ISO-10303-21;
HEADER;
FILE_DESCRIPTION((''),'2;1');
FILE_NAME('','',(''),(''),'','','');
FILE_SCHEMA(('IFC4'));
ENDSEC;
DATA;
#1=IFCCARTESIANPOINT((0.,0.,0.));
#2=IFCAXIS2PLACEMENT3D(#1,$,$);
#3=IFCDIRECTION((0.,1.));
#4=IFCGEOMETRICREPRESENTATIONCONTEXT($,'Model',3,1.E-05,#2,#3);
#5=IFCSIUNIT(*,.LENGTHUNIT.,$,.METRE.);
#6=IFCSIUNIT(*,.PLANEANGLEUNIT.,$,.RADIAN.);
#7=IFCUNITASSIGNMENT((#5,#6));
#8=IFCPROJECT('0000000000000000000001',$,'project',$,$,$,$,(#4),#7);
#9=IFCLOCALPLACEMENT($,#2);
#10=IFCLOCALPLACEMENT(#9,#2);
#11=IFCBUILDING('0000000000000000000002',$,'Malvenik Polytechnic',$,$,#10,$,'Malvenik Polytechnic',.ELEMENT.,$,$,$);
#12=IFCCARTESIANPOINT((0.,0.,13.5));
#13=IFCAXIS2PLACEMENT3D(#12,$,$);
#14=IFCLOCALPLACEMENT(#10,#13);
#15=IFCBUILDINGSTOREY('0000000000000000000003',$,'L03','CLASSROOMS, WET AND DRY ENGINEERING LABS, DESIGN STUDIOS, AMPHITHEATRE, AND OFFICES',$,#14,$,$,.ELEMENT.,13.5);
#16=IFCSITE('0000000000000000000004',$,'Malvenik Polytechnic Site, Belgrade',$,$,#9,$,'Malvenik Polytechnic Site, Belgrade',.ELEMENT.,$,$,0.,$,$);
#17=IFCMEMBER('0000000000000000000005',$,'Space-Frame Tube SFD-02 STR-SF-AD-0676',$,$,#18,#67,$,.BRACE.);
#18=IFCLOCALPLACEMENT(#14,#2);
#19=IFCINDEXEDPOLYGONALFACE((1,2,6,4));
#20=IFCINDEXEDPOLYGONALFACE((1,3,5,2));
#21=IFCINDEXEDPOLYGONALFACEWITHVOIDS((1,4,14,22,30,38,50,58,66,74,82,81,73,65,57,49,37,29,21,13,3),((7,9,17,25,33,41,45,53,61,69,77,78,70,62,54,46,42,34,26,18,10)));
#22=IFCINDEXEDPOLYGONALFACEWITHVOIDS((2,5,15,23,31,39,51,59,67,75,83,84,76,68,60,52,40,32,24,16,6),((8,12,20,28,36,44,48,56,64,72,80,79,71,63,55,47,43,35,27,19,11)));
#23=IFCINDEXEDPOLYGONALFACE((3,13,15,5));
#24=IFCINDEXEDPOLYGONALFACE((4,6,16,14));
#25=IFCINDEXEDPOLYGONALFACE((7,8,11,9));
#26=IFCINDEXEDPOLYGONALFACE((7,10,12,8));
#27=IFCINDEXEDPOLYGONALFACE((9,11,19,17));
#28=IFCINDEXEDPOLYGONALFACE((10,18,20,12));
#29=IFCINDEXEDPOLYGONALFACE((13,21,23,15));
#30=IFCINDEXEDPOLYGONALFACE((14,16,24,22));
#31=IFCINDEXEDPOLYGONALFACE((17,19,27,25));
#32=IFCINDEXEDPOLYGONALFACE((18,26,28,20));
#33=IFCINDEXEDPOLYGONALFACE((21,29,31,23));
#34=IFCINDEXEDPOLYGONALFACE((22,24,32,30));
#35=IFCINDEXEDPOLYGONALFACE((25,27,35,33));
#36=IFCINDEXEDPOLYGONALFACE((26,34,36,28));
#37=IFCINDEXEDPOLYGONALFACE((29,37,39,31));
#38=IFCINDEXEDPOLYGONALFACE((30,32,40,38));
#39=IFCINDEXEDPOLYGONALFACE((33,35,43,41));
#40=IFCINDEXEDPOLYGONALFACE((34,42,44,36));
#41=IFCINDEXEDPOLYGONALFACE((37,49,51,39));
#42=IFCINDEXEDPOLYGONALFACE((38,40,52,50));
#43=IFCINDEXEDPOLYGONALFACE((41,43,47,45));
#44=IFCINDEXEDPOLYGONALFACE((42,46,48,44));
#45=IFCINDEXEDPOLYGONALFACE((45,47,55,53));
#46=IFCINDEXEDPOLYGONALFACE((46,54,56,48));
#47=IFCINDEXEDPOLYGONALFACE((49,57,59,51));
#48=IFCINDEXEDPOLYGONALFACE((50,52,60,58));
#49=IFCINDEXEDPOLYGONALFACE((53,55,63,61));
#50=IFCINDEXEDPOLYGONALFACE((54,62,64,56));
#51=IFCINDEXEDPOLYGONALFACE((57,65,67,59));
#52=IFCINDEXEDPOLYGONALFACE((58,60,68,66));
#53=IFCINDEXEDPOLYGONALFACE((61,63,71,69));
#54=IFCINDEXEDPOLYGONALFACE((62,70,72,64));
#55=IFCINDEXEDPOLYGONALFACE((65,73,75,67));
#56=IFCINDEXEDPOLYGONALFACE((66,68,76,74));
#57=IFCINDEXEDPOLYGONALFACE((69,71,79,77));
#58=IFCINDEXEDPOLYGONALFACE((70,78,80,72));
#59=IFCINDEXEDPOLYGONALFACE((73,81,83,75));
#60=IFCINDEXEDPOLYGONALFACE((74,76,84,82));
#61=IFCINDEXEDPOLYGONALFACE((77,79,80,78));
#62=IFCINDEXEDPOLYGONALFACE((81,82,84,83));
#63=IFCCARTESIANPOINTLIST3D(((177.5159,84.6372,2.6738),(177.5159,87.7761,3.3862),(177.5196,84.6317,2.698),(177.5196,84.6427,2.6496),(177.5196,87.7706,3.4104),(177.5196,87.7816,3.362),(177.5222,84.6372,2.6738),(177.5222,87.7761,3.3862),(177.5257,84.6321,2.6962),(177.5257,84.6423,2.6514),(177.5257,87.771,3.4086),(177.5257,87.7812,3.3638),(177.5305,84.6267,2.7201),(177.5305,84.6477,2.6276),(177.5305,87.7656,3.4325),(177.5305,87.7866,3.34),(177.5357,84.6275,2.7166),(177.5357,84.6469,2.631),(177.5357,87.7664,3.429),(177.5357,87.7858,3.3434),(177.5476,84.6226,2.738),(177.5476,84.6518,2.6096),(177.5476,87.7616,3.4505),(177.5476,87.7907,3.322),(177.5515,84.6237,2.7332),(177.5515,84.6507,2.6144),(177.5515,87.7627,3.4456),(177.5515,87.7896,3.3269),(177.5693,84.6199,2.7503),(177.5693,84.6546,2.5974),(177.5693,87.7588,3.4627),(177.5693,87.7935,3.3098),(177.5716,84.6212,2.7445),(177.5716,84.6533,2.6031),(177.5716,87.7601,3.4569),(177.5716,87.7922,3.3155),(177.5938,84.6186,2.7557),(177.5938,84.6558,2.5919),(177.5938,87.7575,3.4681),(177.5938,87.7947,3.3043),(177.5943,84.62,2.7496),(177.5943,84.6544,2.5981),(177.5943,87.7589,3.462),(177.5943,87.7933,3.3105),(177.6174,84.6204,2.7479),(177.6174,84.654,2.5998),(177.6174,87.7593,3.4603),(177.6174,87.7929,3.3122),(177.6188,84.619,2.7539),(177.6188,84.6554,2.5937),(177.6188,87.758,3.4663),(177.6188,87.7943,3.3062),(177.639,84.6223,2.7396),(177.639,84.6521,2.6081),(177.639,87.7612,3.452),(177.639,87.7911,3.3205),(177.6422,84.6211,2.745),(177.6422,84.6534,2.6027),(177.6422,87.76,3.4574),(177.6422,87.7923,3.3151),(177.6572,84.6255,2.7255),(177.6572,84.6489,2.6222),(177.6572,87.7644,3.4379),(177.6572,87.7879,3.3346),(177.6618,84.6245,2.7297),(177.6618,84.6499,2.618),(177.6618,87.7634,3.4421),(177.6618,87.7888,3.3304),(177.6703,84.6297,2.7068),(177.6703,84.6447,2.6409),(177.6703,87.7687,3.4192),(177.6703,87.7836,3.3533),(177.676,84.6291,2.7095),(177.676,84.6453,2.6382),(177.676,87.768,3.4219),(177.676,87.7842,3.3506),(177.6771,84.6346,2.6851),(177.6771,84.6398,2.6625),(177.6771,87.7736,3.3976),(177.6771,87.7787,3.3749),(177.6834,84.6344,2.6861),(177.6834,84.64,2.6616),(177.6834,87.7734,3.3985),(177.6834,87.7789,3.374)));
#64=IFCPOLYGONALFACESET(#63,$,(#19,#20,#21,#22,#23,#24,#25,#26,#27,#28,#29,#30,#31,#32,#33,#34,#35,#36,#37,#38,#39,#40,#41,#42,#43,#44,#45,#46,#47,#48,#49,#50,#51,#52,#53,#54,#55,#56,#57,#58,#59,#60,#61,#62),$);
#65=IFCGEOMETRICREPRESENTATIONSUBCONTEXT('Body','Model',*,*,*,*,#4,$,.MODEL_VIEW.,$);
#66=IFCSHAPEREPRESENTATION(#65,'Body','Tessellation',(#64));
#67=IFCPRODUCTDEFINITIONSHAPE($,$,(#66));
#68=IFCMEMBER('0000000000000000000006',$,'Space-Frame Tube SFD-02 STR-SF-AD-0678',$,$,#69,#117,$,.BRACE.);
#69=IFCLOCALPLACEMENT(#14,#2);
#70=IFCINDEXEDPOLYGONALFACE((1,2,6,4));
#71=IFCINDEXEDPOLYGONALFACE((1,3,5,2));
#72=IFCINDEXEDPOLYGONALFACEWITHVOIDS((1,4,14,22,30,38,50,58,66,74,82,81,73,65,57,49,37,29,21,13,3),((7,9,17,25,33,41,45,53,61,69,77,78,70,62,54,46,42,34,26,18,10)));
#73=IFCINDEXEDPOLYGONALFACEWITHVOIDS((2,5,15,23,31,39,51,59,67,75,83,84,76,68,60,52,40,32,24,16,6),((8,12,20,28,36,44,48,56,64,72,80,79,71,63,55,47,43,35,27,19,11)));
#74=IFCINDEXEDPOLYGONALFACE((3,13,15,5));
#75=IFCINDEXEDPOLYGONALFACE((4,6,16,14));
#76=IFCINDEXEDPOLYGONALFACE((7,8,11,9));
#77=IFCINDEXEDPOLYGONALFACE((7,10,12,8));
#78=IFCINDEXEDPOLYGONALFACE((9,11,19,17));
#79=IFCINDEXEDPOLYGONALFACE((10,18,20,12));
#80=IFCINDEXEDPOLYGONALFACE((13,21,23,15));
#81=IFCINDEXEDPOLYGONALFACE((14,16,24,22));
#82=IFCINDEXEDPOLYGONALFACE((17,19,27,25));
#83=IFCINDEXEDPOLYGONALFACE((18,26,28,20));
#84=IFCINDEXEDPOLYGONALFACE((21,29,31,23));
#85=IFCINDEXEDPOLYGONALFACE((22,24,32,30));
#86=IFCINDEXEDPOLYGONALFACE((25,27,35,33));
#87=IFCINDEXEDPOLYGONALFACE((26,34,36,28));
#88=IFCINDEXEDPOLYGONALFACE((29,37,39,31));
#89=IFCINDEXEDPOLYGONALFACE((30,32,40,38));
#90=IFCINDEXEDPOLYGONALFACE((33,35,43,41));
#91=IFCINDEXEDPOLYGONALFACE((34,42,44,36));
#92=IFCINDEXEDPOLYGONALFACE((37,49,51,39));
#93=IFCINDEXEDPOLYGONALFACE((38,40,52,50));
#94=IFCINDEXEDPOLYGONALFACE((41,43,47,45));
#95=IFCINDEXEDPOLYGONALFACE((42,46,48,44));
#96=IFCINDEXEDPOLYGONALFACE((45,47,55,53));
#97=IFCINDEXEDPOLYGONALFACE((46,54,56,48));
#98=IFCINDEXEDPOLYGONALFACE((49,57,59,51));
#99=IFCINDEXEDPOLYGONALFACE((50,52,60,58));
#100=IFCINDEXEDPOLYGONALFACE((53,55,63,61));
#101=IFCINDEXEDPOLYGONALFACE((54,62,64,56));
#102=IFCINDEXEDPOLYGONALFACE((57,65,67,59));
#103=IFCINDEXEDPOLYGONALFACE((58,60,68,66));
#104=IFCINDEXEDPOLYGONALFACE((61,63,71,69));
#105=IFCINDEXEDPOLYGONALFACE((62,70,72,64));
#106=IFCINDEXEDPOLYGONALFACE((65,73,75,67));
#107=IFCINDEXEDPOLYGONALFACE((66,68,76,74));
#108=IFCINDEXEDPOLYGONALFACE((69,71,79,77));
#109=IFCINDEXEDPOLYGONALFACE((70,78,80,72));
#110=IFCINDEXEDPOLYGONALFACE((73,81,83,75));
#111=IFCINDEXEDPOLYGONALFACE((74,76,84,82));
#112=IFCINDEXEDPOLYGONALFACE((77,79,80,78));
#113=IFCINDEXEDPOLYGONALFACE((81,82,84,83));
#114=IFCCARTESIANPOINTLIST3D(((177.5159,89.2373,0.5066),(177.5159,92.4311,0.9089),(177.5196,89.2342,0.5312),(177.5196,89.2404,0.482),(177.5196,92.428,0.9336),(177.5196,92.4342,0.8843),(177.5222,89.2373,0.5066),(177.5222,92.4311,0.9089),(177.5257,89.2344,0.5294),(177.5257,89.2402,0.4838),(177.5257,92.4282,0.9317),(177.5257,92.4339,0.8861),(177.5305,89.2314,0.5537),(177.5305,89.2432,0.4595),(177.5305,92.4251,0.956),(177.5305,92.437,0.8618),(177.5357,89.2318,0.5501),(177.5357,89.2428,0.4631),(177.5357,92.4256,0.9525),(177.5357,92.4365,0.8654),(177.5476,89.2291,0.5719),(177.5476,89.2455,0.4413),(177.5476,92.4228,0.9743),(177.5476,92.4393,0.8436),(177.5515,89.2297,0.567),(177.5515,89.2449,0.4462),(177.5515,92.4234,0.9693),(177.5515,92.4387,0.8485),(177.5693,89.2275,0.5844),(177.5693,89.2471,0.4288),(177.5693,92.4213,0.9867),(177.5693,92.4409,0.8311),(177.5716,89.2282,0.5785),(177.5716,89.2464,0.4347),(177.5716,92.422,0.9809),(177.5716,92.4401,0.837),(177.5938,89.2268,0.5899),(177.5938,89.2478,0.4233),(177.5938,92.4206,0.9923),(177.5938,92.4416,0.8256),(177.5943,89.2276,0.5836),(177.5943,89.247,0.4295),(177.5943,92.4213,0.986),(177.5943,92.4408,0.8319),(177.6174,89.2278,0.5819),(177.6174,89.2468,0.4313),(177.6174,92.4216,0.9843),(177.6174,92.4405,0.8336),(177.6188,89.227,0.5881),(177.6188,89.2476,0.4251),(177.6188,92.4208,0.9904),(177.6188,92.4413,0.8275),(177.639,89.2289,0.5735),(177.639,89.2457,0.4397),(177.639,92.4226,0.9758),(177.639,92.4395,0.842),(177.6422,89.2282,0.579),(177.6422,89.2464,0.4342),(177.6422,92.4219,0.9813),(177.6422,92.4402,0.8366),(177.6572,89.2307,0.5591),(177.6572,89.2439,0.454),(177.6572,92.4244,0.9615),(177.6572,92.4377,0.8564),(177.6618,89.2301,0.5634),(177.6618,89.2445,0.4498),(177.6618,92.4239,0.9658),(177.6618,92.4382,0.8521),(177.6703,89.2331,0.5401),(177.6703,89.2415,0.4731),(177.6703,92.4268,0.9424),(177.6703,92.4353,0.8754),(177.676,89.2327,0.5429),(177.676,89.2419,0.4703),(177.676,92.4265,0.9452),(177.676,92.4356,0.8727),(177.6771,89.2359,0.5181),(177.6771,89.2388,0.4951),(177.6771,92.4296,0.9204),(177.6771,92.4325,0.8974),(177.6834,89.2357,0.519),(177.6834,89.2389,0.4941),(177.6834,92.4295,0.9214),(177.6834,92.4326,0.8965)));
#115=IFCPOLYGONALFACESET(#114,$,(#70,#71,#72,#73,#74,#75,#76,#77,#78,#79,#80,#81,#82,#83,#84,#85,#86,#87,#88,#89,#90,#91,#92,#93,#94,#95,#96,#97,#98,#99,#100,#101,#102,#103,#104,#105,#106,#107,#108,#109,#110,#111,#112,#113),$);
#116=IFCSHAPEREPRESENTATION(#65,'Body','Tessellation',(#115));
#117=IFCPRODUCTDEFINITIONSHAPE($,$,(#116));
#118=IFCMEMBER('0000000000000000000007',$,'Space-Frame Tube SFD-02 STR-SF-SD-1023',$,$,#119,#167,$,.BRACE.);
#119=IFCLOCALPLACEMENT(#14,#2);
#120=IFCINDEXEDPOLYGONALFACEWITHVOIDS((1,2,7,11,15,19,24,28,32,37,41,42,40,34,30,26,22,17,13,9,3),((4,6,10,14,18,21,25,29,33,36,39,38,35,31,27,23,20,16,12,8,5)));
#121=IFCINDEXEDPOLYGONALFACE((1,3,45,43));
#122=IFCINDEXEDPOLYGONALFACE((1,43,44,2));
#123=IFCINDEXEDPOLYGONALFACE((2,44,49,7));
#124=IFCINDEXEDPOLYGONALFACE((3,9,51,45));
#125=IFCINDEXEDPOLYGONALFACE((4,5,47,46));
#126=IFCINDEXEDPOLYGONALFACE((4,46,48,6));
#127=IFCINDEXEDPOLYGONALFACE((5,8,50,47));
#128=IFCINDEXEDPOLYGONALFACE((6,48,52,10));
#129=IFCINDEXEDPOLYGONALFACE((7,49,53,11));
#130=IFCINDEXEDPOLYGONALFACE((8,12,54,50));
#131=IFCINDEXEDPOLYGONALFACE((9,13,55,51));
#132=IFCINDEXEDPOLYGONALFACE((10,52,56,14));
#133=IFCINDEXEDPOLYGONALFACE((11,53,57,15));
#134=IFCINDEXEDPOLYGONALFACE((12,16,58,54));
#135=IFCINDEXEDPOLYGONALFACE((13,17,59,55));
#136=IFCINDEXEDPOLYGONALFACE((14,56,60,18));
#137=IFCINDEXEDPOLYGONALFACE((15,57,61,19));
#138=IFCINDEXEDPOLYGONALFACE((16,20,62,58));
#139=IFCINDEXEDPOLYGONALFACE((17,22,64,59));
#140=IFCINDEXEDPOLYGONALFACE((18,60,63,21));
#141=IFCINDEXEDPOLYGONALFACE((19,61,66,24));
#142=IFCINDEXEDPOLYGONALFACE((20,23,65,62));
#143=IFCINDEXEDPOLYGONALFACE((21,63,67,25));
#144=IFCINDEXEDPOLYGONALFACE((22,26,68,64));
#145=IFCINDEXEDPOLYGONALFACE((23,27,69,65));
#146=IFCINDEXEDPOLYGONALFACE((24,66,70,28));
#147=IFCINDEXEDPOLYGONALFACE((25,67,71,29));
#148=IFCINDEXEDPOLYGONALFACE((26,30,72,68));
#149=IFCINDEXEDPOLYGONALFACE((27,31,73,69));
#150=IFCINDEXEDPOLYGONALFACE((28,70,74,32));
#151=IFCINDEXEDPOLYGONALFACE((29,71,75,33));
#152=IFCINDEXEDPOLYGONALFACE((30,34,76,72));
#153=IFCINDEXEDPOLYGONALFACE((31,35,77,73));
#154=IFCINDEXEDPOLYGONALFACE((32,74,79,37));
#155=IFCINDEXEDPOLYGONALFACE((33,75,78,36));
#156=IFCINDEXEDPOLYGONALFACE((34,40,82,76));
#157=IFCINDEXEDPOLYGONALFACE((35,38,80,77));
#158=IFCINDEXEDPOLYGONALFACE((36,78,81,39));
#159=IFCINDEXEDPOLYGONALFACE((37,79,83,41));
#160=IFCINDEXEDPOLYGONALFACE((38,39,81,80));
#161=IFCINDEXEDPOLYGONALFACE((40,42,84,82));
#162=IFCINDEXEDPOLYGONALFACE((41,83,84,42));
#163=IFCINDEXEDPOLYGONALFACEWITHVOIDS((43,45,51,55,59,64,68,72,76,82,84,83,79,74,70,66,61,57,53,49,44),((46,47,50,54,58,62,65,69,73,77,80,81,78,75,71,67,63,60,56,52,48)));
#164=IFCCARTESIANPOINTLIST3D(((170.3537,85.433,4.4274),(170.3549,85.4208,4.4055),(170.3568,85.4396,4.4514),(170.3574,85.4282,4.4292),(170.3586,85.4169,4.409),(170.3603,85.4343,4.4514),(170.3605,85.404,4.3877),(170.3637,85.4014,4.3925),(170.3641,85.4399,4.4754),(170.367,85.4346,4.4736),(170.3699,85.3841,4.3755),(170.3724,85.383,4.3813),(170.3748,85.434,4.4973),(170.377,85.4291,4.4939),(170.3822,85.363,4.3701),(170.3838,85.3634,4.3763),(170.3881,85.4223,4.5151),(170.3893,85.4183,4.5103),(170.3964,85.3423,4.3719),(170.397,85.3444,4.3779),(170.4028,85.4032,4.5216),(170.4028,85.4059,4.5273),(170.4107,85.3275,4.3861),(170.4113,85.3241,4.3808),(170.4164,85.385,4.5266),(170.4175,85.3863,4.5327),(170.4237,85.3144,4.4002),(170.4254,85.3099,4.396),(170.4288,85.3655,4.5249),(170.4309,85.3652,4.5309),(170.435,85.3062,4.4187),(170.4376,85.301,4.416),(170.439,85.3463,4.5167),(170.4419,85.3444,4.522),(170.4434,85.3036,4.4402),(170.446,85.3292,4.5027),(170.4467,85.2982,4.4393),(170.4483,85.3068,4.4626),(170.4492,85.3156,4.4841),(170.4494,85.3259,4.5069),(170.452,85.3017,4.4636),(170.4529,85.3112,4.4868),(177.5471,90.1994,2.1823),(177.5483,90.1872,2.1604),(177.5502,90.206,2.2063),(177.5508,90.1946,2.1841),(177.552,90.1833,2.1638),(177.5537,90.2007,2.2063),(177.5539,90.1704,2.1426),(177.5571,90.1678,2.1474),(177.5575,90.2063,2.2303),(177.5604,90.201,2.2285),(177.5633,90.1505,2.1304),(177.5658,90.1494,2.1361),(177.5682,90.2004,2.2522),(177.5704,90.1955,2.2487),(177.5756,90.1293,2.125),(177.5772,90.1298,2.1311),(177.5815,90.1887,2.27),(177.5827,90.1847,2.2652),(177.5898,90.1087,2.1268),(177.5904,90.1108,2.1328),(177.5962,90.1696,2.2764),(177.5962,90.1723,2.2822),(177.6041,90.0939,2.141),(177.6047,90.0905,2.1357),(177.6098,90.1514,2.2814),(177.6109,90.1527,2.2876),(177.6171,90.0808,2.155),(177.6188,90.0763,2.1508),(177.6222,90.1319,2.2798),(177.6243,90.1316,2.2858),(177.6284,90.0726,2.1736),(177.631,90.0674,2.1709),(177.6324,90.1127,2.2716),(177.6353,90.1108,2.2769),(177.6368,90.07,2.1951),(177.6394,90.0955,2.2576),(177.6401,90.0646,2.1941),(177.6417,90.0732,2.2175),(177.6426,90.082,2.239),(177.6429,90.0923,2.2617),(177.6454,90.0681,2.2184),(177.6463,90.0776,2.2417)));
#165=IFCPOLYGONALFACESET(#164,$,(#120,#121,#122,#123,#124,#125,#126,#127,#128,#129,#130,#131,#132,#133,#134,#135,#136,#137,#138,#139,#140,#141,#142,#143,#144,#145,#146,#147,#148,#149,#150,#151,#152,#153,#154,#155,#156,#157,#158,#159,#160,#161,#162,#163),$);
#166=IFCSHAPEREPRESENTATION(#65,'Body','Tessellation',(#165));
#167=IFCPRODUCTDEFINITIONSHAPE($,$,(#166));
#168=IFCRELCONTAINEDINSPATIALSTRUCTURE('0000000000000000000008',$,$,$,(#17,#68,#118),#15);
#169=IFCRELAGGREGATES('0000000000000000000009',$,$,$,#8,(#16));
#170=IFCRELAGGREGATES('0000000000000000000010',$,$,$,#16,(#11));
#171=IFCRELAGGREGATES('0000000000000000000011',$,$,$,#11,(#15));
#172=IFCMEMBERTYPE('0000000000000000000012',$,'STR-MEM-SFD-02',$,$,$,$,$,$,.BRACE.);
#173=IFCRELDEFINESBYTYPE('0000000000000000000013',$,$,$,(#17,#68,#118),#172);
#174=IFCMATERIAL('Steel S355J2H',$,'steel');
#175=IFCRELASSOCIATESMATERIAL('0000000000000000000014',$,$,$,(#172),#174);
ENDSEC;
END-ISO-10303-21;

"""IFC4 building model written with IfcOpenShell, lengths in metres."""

from ifc_helpers import new_model, si_unit, direction, frame, origin, origin_2d, place, context, subcontext, project, spatial, hollow_circle, extrude, material, material_profile, profile_set, type_object, element, save


model = new_model("IFC4")

# Units and contexts
model_context = context("Model", 3, precision=1e-05, world=origin(), true_north=direction((0.0, 1.0)))
body_context = subcontext(model_context, "Body", "Model", "MODEL_VIEW")
ifc_project = project(units=[si_unit("LENGTHUNIT", "METRE"), si_unit("PLANEANGLEUNIT", "RADIAN")], contexts=[model_context])

# Site, building, storey
site_placement = place(None, origin())
site = spatial("IfcSite", under=ifc_project, at=site_placement, Name="Malvenik Polytechnic Site, Belgrade", LongName="Malvenik Polytechnic Site, Belgrade", CompositionType="ELEMENT", RefElevation=0.0)
building_placement = place(site_placement, origin())
building = spatial("IfcBuilding", under=site, at=building_placement, Name="Malvenik Polytechnic", LongName="Malvenik Polytechnic", CompositionType="ELEMENT")
storey_placement = place(building_placement, frame((0.0, 0.0, 13.5)))
storey = spatial("IfcBuildingStorey", under=building, at=storey_placement, Name="L03", Description="CLASSROOMS, WET AND DRY ENGINEERING LABS, DESIGN STUDIOS, AMPHITHEATRE, AND OFFICES", CompositionType="ELEMENT", Elevation=13.5)

# Members
ifc_material_1 = material(Name="Steel S355J2H", Category="steel")
ifc_material_profile_1 = material_profile(ifc_material_1, hollow_circle(Radius=0.0842, WallThickness=0.0063, at=origin_2d()), Name="CHS 168.3x6.3")
ifc_profile_set_1 = profile_set([ifc_material_profile_1], Name="Steel S355J2H")
member_type_1 = type_object("IfcMemberType", Name="STR-MEM-SFD-02", PredefinedType="BRACE", material=ifc_profile_set_1)
member_1_placement = place(storey_placement, frame((177.6001, 84.6372, 2.6738), z_axis=(0.0, 0.975199, 0.221329), x_axis=(-1.0, 0.0, 0.0)))
element("IfcMember", 1, at=member_1_placement, inside=storey, type_object=member_type_1, Name="Space-Frame Tube SFD-02 STR-SF-AD-0676", PredefinedType="BRACE", context=body_context, shape_type="SweptSolid", body=[
    extrude(hollow_circle(Radius=0.0842, WallThickness=0.0063, at=origin_2d()), origin(), (0.0, 0.0, 1.0), 3.2188),
])
member_2_placement = place(storey_placement, frame((177.6001, 89.2373, 0.5066), z_axis=(0.0, 0.992158, 0.124987), x_axis=(-1.0, 0.0, 0.0)))
element("IfcMember", 2, at=member_2_placement, inside=storey, type_object=member_type_1, Name="Space-Frame Tube SFD-02 STR-SF-AD-0678", PredefinedType="BRACE", context=body_context, shape_type="SweptSolid", body=[
    extrude(hollow_circle(Radius=0.0842, WallThickness=0.0063, at=origin_2d()), origin(), (0.0, 0.0, 1.0), 3.219),
])
for number, where, z_axis, x_axis, name in (
    (3, (170.4033, 85.3694, 4.4514), (0.806751, 0.534558, -0.251795), (-0.552354, 0.83361, 0.0), "Space-Frame Tube SFD-02 STR-SF-SD-1023"),
):
    element("IfcMember", number, at=place(storey_placement, frame(where, z_axis=z_axis, x_axis=x_axis)), inside=storey, type_object=member_type_1, Name=name, PredefinedType="BRACE", context=body_context, shape_type="SweptSolid", body=[
        extrude(hollow_circle(Radius=0.0842, WallThickness=0.0063, at=origin_2d()), origin(), (0.0, 0.0, 1.0), 8.9165),
    ])

save(model, "model.ifc")
